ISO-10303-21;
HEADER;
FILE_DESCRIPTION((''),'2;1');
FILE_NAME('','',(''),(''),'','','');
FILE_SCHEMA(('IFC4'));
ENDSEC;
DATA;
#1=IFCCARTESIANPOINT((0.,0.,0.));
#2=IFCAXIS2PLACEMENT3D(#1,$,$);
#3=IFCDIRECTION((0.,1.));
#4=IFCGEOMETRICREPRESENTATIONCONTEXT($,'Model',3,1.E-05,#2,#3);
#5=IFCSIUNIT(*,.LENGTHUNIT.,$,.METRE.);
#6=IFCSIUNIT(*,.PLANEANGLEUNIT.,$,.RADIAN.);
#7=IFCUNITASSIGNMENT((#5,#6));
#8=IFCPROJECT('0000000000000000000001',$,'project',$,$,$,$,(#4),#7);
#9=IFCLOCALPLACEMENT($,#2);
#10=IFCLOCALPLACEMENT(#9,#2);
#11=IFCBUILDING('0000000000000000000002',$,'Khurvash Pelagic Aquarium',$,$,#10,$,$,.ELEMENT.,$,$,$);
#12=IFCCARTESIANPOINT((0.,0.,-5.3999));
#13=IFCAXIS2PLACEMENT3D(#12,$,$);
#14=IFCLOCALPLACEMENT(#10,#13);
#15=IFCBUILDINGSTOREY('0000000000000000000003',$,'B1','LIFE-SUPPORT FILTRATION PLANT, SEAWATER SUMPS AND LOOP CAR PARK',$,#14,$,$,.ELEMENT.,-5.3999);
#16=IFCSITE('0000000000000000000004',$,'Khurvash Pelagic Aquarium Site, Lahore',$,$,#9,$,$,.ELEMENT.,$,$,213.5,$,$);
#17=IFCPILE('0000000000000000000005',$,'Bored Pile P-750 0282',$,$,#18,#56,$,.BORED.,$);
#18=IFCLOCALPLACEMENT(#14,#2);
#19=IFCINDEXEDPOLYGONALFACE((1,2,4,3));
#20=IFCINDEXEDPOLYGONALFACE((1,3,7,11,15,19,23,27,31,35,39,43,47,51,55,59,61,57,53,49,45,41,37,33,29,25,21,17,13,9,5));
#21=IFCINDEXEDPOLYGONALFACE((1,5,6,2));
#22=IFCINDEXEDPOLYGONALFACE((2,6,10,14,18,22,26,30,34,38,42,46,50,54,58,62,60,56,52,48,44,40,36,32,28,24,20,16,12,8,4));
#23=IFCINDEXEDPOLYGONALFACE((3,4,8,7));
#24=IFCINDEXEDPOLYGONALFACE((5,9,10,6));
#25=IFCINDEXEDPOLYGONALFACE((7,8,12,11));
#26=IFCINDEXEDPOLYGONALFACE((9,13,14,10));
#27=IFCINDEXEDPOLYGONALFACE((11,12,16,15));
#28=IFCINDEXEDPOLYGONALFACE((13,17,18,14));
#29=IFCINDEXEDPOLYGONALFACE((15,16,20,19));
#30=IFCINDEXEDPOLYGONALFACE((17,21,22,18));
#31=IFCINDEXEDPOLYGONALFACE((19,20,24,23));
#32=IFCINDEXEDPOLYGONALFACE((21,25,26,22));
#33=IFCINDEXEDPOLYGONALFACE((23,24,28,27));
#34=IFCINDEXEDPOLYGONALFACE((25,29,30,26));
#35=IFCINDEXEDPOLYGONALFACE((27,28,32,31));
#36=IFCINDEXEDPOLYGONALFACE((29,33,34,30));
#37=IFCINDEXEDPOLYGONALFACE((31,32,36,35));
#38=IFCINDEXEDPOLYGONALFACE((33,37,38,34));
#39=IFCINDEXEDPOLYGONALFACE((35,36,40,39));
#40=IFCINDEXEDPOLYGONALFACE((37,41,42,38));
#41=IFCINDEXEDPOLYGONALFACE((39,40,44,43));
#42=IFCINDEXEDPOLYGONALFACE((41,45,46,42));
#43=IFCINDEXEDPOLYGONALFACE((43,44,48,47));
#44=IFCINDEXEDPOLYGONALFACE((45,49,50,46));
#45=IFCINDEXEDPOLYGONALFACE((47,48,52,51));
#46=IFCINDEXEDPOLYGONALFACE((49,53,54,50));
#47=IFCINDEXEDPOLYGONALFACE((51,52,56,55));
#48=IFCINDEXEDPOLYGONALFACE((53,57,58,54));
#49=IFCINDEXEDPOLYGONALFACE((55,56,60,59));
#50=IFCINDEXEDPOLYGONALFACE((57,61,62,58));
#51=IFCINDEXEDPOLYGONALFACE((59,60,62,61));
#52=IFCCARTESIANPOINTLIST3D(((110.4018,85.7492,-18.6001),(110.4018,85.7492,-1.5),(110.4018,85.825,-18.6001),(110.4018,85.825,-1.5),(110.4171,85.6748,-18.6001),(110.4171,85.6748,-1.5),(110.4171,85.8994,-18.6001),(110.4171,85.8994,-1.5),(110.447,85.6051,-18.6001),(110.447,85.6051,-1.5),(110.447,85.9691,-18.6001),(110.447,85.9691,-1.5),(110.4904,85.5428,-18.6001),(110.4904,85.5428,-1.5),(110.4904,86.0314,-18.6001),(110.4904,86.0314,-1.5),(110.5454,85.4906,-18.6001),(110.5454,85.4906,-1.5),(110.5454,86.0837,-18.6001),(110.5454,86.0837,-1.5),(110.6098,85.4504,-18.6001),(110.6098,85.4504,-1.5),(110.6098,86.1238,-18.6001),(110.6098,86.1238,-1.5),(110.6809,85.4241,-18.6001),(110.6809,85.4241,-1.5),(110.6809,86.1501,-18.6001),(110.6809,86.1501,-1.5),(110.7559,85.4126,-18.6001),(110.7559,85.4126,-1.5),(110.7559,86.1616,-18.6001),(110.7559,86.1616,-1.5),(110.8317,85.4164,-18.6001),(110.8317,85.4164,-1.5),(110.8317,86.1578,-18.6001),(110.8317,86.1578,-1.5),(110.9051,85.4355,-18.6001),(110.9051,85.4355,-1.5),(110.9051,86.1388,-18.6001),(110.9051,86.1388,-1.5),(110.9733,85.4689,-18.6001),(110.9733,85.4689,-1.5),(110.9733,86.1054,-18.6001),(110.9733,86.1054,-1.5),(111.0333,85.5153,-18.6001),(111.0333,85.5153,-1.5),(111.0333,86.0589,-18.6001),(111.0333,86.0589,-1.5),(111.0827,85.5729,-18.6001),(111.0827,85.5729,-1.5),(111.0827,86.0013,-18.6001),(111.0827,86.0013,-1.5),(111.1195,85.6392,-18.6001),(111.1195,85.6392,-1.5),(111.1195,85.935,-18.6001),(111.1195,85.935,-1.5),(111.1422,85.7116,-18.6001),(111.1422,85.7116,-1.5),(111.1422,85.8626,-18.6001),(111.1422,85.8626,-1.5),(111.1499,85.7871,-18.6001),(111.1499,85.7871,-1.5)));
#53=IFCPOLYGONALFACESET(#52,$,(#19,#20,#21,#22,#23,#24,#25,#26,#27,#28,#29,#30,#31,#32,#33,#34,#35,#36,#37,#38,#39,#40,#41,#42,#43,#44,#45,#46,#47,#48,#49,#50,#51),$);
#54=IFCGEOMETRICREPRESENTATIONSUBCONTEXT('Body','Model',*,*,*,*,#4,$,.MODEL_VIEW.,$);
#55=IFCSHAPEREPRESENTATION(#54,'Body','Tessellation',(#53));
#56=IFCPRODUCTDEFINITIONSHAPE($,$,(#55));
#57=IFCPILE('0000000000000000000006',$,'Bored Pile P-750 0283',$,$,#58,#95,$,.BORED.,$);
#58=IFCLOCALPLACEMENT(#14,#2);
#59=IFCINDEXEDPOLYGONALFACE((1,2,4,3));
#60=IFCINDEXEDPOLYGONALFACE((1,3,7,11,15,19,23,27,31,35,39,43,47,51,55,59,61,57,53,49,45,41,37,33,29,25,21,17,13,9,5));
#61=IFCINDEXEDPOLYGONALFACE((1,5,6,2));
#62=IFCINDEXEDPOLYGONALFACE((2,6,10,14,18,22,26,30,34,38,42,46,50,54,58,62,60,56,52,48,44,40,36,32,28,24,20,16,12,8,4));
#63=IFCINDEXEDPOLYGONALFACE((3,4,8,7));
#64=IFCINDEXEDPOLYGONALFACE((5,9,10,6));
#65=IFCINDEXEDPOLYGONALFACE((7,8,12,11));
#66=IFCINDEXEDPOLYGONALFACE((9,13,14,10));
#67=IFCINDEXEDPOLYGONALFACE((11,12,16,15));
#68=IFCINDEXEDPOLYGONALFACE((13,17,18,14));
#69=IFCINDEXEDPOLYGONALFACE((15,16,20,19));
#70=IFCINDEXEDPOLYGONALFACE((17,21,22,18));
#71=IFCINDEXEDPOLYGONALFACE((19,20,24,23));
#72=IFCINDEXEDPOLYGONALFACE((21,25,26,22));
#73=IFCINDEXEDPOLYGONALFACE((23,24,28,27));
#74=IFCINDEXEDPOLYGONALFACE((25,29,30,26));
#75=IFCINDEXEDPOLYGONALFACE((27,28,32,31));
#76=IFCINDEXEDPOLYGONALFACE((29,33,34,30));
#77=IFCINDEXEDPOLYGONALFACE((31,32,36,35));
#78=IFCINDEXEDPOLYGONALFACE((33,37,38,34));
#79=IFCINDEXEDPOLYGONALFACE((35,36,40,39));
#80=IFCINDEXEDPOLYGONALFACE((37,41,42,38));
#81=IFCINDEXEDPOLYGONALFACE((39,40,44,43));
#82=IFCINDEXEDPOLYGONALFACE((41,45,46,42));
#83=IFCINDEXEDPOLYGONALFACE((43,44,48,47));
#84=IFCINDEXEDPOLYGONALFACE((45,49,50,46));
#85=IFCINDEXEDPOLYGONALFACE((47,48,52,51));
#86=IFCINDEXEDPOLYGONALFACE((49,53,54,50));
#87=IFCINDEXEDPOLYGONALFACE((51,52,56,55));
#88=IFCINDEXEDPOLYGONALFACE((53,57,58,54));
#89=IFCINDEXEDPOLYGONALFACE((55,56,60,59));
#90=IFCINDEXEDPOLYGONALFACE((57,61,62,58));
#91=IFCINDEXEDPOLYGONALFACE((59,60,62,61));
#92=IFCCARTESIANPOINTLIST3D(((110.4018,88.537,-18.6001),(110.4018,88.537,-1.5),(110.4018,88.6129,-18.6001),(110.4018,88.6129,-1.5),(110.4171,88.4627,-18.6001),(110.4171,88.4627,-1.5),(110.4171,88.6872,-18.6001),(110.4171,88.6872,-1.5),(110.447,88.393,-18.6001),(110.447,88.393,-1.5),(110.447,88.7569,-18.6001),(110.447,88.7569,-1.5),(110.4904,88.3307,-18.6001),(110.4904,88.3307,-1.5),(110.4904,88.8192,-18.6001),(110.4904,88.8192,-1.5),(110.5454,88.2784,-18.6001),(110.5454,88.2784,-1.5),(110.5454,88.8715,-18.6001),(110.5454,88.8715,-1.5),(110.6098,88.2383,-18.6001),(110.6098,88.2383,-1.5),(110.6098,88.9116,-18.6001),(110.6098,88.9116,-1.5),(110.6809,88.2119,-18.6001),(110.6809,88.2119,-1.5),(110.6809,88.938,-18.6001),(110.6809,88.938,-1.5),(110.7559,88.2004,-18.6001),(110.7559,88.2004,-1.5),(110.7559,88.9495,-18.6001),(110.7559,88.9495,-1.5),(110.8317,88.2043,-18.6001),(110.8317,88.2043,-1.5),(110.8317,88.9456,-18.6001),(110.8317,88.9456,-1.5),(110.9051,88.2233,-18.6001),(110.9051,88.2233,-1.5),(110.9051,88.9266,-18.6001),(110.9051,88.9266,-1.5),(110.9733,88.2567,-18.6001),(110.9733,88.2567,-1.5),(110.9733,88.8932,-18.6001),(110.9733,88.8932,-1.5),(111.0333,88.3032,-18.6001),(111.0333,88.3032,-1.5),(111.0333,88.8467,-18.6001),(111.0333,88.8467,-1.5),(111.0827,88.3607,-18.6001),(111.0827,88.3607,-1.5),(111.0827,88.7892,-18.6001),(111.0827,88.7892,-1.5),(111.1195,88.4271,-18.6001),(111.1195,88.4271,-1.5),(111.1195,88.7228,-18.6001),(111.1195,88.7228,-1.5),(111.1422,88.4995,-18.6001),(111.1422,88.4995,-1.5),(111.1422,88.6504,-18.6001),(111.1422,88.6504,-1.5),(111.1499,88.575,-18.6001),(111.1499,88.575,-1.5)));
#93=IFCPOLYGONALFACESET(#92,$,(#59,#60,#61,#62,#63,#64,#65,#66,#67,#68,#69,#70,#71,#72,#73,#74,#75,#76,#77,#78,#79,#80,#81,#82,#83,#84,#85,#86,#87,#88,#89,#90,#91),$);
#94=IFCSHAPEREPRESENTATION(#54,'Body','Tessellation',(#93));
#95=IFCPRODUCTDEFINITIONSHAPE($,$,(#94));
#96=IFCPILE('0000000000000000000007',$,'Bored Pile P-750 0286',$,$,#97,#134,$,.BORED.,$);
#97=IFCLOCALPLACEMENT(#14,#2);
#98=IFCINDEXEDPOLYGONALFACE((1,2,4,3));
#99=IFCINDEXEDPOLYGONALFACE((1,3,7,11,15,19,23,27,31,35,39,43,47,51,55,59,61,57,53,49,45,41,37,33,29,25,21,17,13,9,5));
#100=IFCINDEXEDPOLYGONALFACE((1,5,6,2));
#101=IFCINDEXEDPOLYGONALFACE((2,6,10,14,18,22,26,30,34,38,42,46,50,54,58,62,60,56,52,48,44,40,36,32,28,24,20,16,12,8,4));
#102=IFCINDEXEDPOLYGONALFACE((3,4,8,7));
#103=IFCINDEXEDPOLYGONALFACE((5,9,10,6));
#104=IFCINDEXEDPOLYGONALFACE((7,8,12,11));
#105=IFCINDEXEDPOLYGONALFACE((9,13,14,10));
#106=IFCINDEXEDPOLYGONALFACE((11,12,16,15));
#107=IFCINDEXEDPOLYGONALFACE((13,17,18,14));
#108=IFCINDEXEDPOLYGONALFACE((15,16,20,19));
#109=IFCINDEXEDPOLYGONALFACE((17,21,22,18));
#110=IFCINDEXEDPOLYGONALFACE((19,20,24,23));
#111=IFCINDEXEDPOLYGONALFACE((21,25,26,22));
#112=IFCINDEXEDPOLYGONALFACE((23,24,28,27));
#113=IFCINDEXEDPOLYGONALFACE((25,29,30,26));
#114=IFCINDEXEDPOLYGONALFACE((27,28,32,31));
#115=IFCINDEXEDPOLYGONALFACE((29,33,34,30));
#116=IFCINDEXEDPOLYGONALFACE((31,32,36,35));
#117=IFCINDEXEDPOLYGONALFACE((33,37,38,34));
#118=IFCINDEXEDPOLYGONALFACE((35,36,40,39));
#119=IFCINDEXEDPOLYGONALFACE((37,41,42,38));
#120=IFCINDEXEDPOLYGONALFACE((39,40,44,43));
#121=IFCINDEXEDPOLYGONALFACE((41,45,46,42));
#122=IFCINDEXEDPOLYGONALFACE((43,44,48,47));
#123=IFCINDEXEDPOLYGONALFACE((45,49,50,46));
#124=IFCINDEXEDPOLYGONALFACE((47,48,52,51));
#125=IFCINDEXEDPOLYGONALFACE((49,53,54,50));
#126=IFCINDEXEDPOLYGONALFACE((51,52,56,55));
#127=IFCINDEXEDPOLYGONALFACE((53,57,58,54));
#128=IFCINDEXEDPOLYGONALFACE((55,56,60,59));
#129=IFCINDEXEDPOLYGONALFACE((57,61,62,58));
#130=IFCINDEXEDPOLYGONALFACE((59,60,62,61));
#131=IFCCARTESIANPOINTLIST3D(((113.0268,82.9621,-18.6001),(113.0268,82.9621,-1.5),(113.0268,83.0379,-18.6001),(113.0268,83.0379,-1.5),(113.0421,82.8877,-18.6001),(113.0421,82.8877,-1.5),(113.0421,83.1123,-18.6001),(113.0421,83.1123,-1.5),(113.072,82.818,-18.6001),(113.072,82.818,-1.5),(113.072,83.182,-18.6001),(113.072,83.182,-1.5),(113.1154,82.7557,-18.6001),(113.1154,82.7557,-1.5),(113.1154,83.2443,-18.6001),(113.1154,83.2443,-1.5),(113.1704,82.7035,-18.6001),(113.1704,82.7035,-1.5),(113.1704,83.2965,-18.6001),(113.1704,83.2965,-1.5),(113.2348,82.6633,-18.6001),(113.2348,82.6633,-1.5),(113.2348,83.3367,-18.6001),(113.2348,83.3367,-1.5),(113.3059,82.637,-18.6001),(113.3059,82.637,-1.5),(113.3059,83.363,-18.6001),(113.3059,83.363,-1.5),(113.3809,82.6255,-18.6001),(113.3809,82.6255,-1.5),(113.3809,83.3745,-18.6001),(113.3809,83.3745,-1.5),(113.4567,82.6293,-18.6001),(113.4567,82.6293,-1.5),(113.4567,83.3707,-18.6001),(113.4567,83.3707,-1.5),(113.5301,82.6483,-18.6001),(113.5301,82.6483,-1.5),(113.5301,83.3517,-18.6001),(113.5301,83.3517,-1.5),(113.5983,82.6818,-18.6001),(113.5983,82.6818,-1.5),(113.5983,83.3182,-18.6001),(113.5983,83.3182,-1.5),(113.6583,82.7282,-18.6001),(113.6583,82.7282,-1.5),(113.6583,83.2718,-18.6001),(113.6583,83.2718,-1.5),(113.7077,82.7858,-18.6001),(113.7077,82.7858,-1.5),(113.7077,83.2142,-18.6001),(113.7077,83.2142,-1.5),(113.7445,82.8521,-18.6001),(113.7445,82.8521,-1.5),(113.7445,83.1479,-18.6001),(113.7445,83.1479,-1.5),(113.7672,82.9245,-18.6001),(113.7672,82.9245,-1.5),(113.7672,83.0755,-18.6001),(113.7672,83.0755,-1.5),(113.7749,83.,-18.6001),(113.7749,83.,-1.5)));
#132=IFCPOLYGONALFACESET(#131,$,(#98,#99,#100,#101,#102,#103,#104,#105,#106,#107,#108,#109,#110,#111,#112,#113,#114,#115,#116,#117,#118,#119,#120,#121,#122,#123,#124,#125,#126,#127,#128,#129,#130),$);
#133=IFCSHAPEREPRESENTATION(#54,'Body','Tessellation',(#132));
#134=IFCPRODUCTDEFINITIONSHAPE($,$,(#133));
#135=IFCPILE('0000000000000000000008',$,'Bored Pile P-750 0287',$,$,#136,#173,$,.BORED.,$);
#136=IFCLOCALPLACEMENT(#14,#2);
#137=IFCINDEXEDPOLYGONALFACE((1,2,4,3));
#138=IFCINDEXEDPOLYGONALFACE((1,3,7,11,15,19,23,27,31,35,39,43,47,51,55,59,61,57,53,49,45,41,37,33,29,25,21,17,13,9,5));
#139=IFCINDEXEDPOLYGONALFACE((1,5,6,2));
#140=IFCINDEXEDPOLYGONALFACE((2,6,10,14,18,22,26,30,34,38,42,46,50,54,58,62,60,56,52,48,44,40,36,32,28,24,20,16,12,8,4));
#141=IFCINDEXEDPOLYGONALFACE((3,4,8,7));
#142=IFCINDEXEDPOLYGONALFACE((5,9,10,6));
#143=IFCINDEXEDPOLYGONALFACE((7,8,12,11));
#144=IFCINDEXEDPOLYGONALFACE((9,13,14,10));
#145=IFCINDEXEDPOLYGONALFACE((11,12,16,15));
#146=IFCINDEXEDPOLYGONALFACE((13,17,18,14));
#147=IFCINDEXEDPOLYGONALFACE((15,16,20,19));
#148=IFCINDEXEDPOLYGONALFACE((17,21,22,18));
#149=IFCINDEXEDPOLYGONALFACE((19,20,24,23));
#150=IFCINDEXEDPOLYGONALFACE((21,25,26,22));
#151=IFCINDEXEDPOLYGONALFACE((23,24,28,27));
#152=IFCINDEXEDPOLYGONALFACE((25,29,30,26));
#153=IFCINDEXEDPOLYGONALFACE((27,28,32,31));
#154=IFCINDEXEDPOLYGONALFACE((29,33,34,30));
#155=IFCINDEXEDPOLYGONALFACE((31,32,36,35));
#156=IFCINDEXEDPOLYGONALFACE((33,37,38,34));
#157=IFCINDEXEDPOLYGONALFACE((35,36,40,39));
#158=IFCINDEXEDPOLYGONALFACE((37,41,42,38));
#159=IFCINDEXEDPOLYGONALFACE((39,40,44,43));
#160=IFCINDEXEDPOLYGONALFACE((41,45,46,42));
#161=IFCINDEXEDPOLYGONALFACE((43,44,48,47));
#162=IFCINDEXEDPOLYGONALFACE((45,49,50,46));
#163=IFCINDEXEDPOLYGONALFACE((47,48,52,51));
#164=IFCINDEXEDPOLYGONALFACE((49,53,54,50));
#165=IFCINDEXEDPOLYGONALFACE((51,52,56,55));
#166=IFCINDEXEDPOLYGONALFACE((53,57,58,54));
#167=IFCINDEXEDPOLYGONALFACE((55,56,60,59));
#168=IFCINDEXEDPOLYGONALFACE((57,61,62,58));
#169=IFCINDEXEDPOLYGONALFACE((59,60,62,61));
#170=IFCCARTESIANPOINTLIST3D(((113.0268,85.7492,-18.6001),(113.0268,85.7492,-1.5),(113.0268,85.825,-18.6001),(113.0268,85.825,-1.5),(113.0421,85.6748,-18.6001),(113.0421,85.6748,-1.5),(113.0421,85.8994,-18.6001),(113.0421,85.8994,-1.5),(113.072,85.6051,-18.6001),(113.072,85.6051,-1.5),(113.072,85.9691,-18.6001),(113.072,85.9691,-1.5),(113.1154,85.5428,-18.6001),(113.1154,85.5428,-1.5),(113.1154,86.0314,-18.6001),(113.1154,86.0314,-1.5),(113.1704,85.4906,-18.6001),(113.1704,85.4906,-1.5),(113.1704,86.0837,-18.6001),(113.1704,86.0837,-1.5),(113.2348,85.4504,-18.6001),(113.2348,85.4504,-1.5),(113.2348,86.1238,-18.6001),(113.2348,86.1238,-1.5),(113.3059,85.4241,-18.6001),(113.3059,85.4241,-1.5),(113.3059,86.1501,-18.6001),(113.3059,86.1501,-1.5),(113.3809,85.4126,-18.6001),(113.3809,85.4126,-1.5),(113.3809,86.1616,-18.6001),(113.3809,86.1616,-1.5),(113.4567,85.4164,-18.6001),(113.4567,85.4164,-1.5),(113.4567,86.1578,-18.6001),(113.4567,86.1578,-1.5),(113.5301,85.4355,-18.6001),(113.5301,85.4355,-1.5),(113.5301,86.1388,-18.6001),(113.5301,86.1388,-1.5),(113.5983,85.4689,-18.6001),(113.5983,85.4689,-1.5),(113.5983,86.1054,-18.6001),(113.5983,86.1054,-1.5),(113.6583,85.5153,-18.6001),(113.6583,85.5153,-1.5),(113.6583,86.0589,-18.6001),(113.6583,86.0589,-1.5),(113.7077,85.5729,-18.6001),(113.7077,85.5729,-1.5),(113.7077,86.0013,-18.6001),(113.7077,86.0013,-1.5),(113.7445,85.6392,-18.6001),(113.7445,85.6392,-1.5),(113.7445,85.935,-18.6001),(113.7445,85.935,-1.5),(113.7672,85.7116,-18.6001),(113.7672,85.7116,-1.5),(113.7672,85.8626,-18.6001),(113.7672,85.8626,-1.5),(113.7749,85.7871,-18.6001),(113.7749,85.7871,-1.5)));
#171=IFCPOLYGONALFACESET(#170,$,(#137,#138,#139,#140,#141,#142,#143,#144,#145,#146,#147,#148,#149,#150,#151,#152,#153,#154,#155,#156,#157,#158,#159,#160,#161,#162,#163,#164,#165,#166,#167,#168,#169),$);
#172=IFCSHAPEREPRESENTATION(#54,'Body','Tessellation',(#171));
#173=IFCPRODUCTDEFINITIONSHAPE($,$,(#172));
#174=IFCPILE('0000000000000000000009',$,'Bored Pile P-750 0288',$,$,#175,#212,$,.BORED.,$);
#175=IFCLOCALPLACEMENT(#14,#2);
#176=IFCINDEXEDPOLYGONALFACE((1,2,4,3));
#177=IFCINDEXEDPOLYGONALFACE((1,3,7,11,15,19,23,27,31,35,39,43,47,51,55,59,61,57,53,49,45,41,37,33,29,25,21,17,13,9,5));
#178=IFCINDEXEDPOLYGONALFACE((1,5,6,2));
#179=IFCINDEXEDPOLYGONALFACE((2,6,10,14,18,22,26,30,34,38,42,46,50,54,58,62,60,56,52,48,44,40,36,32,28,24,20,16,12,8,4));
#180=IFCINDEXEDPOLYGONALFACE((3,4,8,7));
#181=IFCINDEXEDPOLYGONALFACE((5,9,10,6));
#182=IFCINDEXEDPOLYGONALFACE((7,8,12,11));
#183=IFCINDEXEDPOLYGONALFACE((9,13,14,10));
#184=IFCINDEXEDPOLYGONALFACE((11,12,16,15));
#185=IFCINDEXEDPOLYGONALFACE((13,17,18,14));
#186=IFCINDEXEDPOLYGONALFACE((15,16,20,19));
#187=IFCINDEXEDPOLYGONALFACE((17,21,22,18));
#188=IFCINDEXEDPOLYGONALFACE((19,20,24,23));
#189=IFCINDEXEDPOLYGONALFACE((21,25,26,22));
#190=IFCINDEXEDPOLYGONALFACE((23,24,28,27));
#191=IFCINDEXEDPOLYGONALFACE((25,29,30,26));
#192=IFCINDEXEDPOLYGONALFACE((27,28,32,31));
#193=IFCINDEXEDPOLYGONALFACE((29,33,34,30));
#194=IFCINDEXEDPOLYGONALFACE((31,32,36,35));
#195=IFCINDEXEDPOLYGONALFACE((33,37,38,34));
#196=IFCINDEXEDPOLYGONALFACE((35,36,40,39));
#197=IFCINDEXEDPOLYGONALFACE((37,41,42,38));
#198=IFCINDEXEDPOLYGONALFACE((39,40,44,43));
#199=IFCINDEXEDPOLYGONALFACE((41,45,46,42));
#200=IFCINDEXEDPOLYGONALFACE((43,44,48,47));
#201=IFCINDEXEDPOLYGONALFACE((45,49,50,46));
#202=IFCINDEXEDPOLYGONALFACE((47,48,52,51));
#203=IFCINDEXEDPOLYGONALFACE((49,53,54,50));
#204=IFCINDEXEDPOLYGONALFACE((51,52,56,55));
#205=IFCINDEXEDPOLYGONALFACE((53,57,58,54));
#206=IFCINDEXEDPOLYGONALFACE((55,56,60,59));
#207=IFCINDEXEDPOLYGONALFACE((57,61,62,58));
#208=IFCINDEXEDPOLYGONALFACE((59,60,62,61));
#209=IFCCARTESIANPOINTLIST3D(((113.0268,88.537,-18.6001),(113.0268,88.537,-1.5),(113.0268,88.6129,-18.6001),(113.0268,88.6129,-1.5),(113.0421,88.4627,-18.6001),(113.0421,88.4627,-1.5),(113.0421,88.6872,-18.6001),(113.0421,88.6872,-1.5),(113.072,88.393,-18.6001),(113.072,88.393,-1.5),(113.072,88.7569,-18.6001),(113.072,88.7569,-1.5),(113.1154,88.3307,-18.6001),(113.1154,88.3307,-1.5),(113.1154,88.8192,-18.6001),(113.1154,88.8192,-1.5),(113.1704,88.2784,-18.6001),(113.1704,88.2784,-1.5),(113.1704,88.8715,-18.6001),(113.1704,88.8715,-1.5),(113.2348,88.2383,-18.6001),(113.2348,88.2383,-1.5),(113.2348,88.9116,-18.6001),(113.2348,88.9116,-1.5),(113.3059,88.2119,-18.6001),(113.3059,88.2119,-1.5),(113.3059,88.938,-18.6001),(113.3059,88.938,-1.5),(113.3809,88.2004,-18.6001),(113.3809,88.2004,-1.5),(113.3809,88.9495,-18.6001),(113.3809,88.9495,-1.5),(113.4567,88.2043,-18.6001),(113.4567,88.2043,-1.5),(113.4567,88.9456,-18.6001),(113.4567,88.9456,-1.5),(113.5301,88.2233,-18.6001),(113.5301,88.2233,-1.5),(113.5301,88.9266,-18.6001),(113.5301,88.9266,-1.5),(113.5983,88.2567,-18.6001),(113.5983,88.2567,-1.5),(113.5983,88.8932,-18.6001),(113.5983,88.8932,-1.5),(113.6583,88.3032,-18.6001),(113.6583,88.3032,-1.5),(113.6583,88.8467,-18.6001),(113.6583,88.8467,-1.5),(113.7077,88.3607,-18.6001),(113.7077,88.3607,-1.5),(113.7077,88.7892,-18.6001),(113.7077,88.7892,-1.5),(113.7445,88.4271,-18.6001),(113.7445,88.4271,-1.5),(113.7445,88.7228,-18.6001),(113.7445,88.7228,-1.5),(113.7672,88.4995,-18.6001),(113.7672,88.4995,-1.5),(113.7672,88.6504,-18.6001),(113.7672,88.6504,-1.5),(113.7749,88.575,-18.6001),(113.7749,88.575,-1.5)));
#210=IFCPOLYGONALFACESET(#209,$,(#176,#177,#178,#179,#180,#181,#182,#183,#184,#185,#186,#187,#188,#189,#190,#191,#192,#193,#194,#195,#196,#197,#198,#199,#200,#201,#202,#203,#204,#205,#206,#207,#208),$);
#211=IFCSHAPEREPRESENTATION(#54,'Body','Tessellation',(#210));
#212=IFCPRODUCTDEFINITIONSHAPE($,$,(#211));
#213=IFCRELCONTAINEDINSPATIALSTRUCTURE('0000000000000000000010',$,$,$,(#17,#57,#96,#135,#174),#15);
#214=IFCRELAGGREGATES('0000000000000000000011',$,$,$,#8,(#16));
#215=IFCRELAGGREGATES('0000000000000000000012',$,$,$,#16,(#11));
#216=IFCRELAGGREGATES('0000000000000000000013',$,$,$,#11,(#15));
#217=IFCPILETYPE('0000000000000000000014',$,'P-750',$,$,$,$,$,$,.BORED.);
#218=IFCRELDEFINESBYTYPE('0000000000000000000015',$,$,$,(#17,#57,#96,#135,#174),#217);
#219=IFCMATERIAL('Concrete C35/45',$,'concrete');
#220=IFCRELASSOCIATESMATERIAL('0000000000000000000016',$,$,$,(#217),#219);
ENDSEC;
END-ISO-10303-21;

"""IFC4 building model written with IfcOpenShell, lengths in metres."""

from ifc_helpers import new_model, si_unit, direction, frame, origin, origin_2d, place, context, subcontext, project, spatial, circle, extrude, material, material_profile, profile_set, type_object, element, save


model = new_model("IFC4")

# Units and contexts
model_context = context("Model", 3, precision=1e-05, world=origin(), true_north=direction((0.0, 1.0)))
body_context = subcontext(model_context, "Body", "Model", "MODEL_VIEW")
ifc_project = project(units=[si_unit("LENGTHUNIT", "METRE"), si_unit("PLANEANGLEUNIT", "RADIAN")], contexts=[model_context])

# Site, building, storey
site_placement = place(None, origin())
site = spatial("IfcSite", under=ifc_project, at=site_placement, Name="Khurvash Pelagic Aquarium Site, Lahore", CompositionType="ELEMENT", RefElevation=213.5)
building_placement = place(site_placement, origin())
building = spatial("IfcBuilding", under=site, at=building_placement, Name="Khurvash Pelagic Aquarium", CompositionType="ELEMENT")
storey_placement = place(building_placement, frame((0.0, 0.0, -5.3999)))
storey = spatial("IfcBuildingStorey", under=building, at=storey_placement, Name="B1", Description="LIFE-SUPPORT FILTRATION PLANT, SEAWATER SUMPS AND LOOP CAR PARK", CompositionType="ELEMENT", Elevation=-5.3999)

# Shared definitions
ifc_material_1 = material(Name="Concrete C35/45", Category="concrete")

# Piles
ifc_material_profile_1 = material_profile(ifc_material_1, circle(Radius=0.375, at=origin_2d()), Name="PILE750")
ifc_profile_set_1 = profile_set([ifc_material_profile_1], Name="Concrete C35/45")
pile_type = type_object("IfcPileType", Name="P-750", PredefinedType="BORED", material=ifc_profile_set_1)
for number, where, z_axis, x_axis, name in (
    (1, (110.7749, 85.7871, -1.5), (0.0, 0.0, -1.0), (1.0, 0.0, 0.0), "Bored Pile P-750 0282"),
    (2, (110.7749, 88.575, -1.5), (0.0, 0.0, -1.0), (1.0, 0.0, 0.0), "Bored Pile P-750 0283"),
    (3, (113.3999, 83.0, -1.5), (0.0, 0.0, -1.0), (1.0, 0.0, 0.0), "Bored Pile P-750 0286"),
    (4, (113.3999, 85.7871, -1.5), (0.0, 0.0, -1.0), (1.0, 0.0, 0.0), "Bored Pile P-750 0287"),
    (5, (113.3999, 88.575, -1.5), (0.0, 0.0, -1.0), (1.0, 0.0, 0.0), "Bored Pile P-750 0288"),
):
    element("IfcPile", number, at=place(storey_placement, frame(where, z_axis=z_axis, x_axis=x_axis)), inside=storey, type_object=pile_type, Name=name, PredefinedType="BORED", context=body_context, shape_type="SweptSolid", body=[
        extrude(circle(Radius=0.375, at=origin_2d()), origin(), (0.0, 0.0, 1.0), 17.1001),
    ])

save(model, "model.ifc")
